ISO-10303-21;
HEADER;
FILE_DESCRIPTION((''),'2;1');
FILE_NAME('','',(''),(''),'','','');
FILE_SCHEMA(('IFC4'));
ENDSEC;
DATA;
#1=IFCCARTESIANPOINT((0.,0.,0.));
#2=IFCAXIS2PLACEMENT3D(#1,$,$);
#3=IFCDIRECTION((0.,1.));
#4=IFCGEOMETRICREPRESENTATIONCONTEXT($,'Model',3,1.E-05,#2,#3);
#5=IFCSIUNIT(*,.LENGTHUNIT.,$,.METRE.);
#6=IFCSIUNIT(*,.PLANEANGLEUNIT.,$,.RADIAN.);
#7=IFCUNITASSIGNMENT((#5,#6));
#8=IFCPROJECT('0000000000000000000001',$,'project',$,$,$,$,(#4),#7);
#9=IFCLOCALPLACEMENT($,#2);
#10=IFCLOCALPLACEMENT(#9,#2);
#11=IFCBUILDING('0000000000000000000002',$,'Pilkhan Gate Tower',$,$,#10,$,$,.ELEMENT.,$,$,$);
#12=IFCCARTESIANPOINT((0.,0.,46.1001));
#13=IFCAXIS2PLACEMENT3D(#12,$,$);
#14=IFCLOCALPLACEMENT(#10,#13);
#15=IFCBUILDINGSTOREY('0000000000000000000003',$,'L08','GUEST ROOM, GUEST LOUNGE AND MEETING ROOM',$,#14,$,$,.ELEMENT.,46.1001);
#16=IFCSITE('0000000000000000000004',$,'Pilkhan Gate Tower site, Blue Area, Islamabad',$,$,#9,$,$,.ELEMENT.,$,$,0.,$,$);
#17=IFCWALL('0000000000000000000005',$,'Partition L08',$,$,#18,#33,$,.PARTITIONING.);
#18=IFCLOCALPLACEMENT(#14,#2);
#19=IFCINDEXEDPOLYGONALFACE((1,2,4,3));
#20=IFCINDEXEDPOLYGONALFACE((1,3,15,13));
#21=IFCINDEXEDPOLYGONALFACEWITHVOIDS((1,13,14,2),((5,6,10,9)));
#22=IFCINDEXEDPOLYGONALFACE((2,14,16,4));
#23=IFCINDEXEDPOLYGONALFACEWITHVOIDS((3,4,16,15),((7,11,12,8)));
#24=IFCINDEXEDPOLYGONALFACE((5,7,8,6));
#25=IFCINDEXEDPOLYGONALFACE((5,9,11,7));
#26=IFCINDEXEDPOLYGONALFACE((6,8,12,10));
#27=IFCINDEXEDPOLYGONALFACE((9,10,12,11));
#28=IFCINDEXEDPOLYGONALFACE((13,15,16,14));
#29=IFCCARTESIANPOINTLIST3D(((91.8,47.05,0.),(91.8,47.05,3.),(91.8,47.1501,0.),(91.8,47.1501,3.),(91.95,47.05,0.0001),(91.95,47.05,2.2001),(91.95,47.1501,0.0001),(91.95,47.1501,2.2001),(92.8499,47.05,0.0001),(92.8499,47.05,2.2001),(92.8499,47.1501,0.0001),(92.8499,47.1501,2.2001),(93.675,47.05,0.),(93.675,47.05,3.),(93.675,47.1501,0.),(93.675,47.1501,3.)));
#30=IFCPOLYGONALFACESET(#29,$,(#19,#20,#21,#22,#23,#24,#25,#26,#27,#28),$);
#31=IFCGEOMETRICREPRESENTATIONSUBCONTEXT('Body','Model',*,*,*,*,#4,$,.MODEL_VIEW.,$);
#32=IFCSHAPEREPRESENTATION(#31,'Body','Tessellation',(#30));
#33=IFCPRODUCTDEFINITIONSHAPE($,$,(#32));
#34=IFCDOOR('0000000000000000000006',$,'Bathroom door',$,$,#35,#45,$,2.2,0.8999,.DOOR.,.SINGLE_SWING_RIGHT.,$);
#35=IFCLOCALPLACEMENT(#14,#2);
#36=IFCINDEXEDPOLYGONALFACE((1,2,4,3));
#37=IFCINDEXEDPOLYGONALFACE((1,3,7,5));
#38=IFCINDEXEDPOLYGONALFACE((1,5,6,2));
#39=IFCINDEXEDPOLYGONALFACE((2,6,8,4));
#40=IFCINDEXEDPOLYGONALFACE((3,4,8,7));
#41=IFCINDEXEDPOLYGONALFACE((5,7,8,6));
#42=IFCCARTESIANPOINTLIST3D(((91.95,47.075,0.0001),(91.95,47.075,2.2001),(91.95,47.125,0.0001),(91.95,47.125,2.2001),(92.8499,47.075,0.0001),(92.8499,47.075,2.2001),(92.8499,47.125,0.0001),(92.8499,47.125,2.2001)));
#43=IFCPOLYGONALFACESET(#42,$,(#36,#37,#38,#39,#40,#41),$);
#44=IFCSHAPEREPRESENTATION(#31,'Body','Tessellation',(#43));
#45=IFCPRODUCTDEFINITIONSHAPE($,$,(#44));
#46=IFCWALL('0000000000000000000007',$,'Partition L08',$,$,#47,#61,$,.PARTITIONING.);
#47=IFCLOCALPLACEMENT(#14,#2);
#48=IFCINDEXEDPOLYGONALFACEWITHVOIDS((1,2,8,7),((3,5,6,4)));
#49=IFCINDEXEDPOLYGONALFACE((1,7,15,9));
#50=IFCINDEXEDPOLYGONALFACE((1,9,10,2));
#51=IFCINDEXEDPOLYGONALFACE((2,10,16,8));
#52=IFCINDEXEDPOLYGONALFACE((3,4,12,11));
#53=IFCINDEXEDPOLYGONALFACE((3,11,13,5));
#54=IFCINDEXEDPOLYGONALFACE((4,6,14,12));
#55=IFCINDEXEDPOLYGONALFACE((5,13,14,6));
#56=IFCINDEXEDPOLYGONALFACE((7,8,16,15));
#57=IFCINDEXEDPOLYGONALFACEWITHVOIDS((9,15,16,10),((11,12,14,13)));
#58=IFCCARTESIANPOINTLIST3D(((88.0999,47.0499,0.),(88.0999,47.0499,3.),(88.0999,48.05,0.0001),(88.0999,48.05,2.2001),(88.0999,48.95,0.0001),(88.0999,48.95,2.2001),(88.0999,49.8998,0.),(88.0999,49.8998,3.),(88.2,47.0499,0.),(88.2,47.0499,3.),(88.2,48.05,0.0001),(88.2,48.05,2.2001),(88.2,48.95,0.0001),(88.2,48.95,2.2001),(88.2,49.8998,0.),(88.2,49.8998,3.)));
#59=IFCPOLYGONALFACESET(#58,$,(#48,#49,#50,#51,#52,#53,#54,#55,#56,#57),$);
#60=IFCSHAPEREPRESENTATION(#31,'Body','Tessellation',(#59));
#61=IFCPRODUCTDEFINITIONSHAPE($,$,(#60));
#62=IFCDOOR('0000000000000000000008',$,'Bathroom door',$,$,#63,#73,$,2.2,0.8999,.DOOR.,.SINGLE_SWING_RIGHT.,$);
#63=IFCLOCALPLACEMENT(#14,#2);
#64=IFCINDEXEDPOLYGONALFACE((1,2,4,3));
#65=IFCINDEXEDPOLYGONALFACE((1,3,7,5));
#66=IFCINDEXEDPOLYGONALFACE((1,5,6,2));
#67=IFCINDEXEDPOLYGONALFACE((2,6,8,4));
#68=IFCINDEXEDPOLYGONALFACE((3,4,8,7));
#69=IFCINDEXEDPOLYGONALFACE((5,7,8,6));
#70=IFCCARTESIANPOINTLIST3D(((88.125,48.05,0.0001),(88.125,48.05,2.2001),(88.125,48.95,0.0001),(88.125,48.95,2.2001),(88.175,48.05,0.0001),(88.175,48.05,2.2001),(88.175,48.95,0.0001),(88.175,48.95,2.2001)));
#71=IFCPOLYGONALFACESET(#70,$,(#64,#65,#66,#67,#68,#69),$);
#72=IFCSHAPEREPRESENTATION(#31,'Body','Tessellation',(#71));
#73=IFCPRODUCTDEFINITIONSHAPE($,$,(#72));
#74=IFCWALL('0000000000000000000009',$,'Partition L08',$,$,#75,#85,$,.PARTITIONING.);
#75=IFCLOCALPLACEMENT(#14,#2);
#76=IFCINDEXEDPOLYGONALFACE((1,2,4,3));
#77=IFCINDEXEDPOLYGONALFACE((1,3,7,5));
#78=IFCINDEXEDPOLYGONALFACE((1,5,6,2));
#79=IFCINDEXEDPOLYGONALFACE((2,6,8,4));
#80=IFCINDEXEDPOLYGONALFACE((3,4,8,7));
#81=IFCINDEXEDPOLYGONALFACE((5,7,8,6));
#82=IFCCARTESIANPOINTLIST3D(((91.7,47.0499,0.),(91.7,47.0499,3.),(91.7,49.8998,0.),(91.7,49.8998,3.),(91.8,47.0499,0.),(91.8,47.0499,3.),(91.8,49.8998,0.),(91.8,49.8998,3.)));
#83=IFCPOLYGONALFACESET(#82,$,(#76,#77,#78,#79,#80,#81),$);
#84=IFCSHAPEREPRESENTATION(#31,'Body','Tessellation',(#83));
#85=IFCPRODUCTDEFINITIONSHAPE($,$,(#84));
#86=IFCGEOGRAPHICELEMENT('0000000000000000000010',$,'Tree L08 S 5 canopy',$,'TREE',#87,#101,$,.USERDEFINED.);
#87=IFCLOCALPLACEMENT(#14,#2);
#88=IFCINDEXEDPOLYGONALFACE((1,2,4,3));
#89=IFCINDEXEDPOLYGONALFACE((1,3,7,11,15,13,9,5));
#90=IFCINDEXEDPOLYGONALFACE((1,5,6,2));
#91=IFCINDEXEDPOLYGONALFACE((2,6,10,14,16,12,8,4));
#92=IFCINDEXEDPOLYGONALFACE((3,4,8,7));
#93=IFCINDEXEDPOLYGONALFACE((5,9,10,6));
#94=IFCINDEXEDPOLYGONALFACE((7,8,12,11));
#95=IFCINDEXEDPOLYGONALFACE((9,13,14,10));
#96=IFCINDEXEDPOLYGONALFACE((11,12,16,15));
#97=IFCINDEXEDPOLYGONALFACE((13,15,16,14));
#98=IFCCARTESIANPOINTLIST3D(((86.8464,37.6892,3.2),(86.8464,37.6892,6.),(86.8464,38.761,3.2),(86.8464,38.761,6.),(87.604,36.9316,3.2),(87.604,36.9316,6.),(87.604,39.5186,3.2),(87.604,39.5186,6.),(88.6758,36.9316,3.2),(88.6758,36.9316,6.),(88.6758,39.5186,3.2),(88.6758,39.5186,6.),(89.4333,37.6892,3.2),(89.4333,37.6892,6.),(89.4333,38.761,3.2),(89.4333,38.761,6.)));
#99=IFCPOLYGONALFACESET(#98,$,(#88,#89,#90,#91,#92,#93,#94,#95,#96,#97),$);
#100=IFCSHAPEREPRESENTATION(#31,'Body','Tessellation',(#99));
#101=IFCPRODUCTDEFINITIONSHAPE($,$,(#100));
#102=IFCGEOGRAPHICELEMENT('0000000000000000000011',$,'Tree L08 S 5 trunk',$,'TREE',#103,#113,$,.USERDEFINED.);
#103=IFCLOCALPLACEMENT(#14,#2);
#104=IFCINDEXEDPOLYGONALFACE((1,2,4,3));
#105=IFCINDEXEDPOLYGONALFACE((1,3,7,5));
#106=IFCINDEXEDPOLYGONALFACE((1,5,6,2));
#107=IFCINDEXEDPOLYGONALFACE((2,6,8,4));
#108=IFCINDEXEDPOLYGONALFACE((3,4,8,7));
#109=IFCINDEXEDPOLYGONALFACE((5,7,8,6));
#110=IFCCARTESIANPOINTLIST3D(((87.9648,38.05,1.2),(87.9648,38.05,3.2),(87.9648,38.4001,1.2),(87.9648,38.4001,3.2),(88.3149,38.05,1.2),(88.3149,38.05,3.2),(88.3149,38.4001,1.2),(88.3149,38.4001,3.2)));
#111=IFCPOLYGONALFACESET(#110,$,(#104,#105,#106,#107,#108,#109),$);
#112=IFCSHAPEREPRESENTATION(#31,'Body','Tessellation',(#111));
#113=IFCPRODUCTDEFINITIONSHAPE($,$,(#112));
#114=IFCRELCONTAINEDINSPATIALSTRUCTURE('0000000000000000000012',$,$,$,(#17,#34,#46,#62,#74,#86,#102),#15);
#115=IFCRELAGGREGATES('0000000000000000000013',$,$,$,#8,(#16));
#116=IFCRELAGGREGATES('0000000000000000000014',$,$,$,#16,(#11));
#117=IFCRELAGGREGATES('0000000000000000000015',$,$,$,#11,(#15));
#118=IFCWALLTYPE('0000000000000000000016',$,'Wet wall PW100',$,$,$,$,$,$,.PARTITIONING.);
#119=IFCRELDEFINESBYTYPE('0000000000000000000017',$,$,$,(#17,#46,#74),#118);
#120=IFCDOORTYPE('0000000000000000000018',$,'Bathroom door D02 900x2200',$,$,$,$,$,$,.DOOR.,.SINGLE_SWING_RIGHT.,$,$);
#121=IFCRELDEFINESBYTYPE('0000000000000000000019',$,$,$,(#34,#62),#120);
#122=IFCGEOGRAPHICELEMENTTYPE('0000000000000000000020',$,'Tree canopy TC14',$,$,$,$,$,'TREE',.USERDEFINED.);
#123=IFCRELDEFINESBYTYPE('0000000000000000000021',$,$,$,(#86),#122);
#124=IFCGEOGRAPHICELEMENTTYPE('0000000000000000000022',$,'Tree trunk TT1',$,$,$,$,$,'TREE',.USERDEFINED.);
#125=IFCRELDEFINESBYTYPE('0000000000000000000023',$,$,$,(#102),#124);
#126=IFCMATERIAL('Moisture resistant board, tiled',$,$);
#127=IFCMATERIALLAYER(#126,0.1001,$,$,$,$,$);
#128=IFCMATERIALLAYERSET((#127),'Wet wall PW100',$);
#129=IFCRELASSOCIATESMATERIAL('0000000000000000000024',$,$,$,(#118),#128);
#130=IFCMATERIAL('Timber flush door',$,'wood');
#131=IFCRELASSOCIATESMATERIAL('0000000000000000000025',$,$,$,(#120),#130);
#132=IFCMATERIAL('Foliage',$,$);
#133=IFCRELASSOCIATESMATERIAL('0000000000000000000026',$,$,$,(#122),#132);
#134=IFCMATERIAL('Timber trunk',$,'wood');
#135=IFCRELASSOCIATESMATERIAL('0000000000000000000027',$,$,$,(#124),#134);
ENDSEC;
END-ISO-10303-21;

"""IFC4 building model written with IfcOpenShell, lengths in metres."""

from ifc_helpers import new_model, si_unit, direction, frame, frame_2d, origin, origin_2d, place, context, subcontext, project, spatial, polyline, rectangle, outline, extrude, material, layer, layer_set, material_profile, profile_set, type_object, element, fill, save


model = new_model("IFC4")

# Units and contexts
model_context = context("Model", 3, precision=1e-05, world=origin(), true_north=direction((0.0, 1.0)))
body_context = subcontext(model_context, "Body", "Model", "MODEL_VIEW")
ifc_project = project(units=[si_unit("LENGTHUNIT", "METRE"), si_unit("PLANEANGLEUNIT", "RADIAN")], contexts=[model_context])

# Site, building, storey
site_placement = place(None, origin())
site = spatial("IfcSite", under=ifc_project, at=site_placement, Name="Pilkhan Gate Tower site, Blue Area, Islamabad", CompositionType="ELEMENT", RefElevation=0.0)
building_placement = place(site_placement, origin())
building = spatial("IfcBuilding", under=site, at=building_placement, Name="Pilkhan Gate Tower", CompositionType="ELEMENT")
storey_placement = place(building_placement, frame((0.0, 0.0, 46.1001)))
storey = spatial("IfcBuildingStorey", under=building, at=storey_placement, Name="L08", Description="GUEST ROOM, GUEST LOUNGE AND MEETING ROOM", CompositionType="ELEMENT", Elevation=46.1001)

# Walls, openings, doors
ifc_material_1 = material(Name="Moisture resistant board, tiled")
ifc_layer_1 = layer(ifc_material_1, 0.1001)
ifc_layer_set_1 = layer_set([ifc_layer_1], Name="Wet wall PW100")
wall_type_1 = type_object("IfcWallType", Name="Wet wall PW100", PredefinedType="PARTITIONING", material=ifc_layer_set_1)
wall_1_placement = place(storey_placement, frame((91.8, 47.1001, 0.0), z_axis=(0.0, 0.0, 1.0), x_axis=(1.0, 0.0, 0.0)))
wall_1 = element("IfcWall", 1, at=wall_1_placement, inside=storey, type_object=wall_type_1, Name="Partition L08", PredefinedType="PARTITIONING", context=body_context, shape_type="SweptSolid", body=[
    extrude(rectangle(XDim=1.875, YDim=0.1001, at=frame_2d((0.9375, 0.0))), origin(), (0.0, 0.0, 1.0), 3.0),
])
opening_1_placement = place(wall_1_placement, frame((0.1499, 0.0, 0.0)))
opening_1 = element("IfcOpeningElement", 2, at=opening_1_placement, cuts=wall_1, PredefinedType="OPENING", context=body_context, shape_type="SweptSolid", body=[
    extrude(rectangle(XDim=0.8999, YDim=2.2, at=frame_2d((0.45, 1.1001))), frame((0.0, 0.0601, 0.0), z_axis=(0.0, -1.0, 0.0), x_axis=(1.0, 0.0, 0.0)), (0.0, 0.0, 1.0), 0.1201),
])
ifc_material_2 = material(Name="Timber flush door", Category="wood")
door_type = type_object("IfcDoorType", Name="Bathroom door D02 900x2200", OperationType="SINGLE_SWING_RIGHT", PredefinedType="DOOR", material=ifc_material_2)
door_1_placement = place(opening_1_placement, origin())
door_1 = element("IfcDoor", 3, at=door_1_placement, inside=storey, type_object=door_type, Name="Bathroom door", OperationType="SINGLE_SWING_RIGHT", OverallHeight=2.2, OverallWidth=0.8999, PredefinedType="DOOR", context=body_context, shape_type="SweptSolid", body=[
    extrude(rectangle(XDim=0.8999, YDim=2.2, at=frame_2d((0.45, 1.1001))), frame((0.0, 0.0249, 0.0), z_axis=(0.0, -1.0, 0.0), x_axis=(1.0, 0.0, 0.0)), (0.0, 0.0, 1.0), 0.05),
])
fill(opening_1, door_1)
wall_2_placement = place(storey_placement, frame((88.1499, 47.05, 0.0), z_axis=(0.0, 0.0, 1.0), x_axis=(0.0, 1.0, 0.0)))
wall_2 = element("IfcWall", 4, at=wall_2_placement, inside=storey, type_object=wall_type_1, Name="Partition L08", PredefinedType="PARTITIONING", context=body_context, shape_type="SweptSolid", body=[
    extrude(rectangle(XDim=2.8499, YDim=0.1001, at=frame_2d((1.4248, 0.0))), origin(), (0.0, 0.0, 1.0), 3.0),
])
opening_2_placement = place(wall_2_placement, frame((1.0, 0.0, 0.0)))
opening_2 = element("IfcOpeningElement", 5, at=opening_2_placement, cuts=wall_2, PredefinedType="OPENING", context=body_context, shape_type="SweptSolid", body=[
    extrude(rectangle(XDim=0.8999, YDim=2.2, at=frame_2d((0.45, 1.1001))), frame((0.0, 0.0601, 0.0), z_axis=(0.0, -1.0, 0.0), x_axis=(1.0, 0.0, 0.0)), (0.0, 0.0, 1.0), 0.1201),
])
door_2_placement = place(opening_2_placement, origin())
door_2 = element("IfcDoor", 6, at=door_2_placement, inside=storey, type_object=door_type, Name="Bathroom door", OperationType="SINGLE_SWING_RIGHT", OverallHeight=2.2, OverallWidth=0.8999, PredefinedType="DOOR", context=body_context, shape_type="SweptSolid", body=[
    extrude(rectangle(XDim=0.8999, YDim=2.2, at=frame_2d((0.45, 1.1001))), frame((0.0, 0.0249, 0.0), z_axis=(0.0, -1.0, 0.0), x_axis=(1.0, 0.0, 0.0)), (0.0, 0.0, 1.0), 0.05),
])
fill(opening_2, door_2)

# Wall
wall_3_placement = place(storey_placement, frame((91.75, 47.05, 0.0), z_axis=(0.0, 0.0, 1.0), x_axis=(0.0, 1.0, 0.0)))
element("IfcWall", 7, at=wall_3_placement, inside=storey, type_object=wall_type_1, Name="Partition L08", PredefinedType="PARTITIONING", context=body_context, shape_type="SweptSolid", body=[
    extrude(rectangle(XDim=2.8499, YDim=0.1001, at=frame_2d((1.4248, 0.0))), origin(), (0.0, 0.0, 1.0), 3.0),
])

# Geographic elements
ifc_material_3 = material(Name="Foliage")
ifc_material_profile_1 = material_profile(ifc_material_3, outline(polyline([(1.2935, 0.5359), (0.5359, 1.2935), (-0.5359, 1.2935), (-1.2935, 0.5359), (-1.2935, -0.5359), (-0.5359, -1.2935), (0.5359, -1.2935), (1.2935, -0.5359), (1.2935, 0.5359)])), Name="Canopy D2.8")
ifc_profile_set_1 = profile_set([ifc_material_profile_1], Name="Foliage")
geographic_element_type_1 = type_object("IfcGeographicElementType", Name="Tree canopy TC14", ElementType="TREE", PredefinedType="USERDEFINED", material=ifc_profile_set_1)
geographic_element_1_placement = place(storey_placement, frame((88.1399, 38.2251, 3.2), z_axis=(0.0, 0.0, 1.0), x_axis=(1.0, 0.0, 0.0)))
element("IfcGeographicElement", 8, at=geographic_element_1_placement, inside=storey, type_object=geographic_element_type_1, Name="Tree L08 S 5 canopy", ObjectType="TREE", PredefinedType="USERDEFINED", context=body_context, shape_type="SweptSolid", body=[
    extrude(outline(polyline([(1.2935, 0.5359), (0.5359, 1.2935), (-0.5359, 1.2935), (-1.2935, 0.5359), (-1.2935, -0.5359), (-0.5359, -1.2935), (0.5359, -1.2935), (1.2935, -0.5359), (1.2935, 0.5359)])), origin(), (0.0, 0.0, 1.0), 2.8),
])
ifc_material_4 = material(Name="Timber trunk", Category="wood")
geographic_element_type_2 = type_object("IfcGeographicElementType", Name="Tree trunk TT1", ElementType="TREE", PredefinedType="USERDEFINED", material=ifc_material_4)
geographic_element_2_placement = place(storey_placement, frame((88.1399, 38.2251, 1.2), z_axis=(0.0, 0.0, 1.0), x_axis=(1.0, 0.0, 0.0)))
element("IfcGeographicElement", 9, at=geographic_element_2_placement, inside=storey, type_object=geographic_element_type_2, Name="Tree L08 S 5 trunk", ObjectType="TREE", PredefinedType="USERDEFINED", context=body_context, shape_type="SweptSolid", body=[
    extrude(rectangle(XDim=0.3501, YDim=0.3501, at=origin_2d()), origin(), (0.0, 0.0, 1.0), 2.0),
])

save(model, "model.ifc")
